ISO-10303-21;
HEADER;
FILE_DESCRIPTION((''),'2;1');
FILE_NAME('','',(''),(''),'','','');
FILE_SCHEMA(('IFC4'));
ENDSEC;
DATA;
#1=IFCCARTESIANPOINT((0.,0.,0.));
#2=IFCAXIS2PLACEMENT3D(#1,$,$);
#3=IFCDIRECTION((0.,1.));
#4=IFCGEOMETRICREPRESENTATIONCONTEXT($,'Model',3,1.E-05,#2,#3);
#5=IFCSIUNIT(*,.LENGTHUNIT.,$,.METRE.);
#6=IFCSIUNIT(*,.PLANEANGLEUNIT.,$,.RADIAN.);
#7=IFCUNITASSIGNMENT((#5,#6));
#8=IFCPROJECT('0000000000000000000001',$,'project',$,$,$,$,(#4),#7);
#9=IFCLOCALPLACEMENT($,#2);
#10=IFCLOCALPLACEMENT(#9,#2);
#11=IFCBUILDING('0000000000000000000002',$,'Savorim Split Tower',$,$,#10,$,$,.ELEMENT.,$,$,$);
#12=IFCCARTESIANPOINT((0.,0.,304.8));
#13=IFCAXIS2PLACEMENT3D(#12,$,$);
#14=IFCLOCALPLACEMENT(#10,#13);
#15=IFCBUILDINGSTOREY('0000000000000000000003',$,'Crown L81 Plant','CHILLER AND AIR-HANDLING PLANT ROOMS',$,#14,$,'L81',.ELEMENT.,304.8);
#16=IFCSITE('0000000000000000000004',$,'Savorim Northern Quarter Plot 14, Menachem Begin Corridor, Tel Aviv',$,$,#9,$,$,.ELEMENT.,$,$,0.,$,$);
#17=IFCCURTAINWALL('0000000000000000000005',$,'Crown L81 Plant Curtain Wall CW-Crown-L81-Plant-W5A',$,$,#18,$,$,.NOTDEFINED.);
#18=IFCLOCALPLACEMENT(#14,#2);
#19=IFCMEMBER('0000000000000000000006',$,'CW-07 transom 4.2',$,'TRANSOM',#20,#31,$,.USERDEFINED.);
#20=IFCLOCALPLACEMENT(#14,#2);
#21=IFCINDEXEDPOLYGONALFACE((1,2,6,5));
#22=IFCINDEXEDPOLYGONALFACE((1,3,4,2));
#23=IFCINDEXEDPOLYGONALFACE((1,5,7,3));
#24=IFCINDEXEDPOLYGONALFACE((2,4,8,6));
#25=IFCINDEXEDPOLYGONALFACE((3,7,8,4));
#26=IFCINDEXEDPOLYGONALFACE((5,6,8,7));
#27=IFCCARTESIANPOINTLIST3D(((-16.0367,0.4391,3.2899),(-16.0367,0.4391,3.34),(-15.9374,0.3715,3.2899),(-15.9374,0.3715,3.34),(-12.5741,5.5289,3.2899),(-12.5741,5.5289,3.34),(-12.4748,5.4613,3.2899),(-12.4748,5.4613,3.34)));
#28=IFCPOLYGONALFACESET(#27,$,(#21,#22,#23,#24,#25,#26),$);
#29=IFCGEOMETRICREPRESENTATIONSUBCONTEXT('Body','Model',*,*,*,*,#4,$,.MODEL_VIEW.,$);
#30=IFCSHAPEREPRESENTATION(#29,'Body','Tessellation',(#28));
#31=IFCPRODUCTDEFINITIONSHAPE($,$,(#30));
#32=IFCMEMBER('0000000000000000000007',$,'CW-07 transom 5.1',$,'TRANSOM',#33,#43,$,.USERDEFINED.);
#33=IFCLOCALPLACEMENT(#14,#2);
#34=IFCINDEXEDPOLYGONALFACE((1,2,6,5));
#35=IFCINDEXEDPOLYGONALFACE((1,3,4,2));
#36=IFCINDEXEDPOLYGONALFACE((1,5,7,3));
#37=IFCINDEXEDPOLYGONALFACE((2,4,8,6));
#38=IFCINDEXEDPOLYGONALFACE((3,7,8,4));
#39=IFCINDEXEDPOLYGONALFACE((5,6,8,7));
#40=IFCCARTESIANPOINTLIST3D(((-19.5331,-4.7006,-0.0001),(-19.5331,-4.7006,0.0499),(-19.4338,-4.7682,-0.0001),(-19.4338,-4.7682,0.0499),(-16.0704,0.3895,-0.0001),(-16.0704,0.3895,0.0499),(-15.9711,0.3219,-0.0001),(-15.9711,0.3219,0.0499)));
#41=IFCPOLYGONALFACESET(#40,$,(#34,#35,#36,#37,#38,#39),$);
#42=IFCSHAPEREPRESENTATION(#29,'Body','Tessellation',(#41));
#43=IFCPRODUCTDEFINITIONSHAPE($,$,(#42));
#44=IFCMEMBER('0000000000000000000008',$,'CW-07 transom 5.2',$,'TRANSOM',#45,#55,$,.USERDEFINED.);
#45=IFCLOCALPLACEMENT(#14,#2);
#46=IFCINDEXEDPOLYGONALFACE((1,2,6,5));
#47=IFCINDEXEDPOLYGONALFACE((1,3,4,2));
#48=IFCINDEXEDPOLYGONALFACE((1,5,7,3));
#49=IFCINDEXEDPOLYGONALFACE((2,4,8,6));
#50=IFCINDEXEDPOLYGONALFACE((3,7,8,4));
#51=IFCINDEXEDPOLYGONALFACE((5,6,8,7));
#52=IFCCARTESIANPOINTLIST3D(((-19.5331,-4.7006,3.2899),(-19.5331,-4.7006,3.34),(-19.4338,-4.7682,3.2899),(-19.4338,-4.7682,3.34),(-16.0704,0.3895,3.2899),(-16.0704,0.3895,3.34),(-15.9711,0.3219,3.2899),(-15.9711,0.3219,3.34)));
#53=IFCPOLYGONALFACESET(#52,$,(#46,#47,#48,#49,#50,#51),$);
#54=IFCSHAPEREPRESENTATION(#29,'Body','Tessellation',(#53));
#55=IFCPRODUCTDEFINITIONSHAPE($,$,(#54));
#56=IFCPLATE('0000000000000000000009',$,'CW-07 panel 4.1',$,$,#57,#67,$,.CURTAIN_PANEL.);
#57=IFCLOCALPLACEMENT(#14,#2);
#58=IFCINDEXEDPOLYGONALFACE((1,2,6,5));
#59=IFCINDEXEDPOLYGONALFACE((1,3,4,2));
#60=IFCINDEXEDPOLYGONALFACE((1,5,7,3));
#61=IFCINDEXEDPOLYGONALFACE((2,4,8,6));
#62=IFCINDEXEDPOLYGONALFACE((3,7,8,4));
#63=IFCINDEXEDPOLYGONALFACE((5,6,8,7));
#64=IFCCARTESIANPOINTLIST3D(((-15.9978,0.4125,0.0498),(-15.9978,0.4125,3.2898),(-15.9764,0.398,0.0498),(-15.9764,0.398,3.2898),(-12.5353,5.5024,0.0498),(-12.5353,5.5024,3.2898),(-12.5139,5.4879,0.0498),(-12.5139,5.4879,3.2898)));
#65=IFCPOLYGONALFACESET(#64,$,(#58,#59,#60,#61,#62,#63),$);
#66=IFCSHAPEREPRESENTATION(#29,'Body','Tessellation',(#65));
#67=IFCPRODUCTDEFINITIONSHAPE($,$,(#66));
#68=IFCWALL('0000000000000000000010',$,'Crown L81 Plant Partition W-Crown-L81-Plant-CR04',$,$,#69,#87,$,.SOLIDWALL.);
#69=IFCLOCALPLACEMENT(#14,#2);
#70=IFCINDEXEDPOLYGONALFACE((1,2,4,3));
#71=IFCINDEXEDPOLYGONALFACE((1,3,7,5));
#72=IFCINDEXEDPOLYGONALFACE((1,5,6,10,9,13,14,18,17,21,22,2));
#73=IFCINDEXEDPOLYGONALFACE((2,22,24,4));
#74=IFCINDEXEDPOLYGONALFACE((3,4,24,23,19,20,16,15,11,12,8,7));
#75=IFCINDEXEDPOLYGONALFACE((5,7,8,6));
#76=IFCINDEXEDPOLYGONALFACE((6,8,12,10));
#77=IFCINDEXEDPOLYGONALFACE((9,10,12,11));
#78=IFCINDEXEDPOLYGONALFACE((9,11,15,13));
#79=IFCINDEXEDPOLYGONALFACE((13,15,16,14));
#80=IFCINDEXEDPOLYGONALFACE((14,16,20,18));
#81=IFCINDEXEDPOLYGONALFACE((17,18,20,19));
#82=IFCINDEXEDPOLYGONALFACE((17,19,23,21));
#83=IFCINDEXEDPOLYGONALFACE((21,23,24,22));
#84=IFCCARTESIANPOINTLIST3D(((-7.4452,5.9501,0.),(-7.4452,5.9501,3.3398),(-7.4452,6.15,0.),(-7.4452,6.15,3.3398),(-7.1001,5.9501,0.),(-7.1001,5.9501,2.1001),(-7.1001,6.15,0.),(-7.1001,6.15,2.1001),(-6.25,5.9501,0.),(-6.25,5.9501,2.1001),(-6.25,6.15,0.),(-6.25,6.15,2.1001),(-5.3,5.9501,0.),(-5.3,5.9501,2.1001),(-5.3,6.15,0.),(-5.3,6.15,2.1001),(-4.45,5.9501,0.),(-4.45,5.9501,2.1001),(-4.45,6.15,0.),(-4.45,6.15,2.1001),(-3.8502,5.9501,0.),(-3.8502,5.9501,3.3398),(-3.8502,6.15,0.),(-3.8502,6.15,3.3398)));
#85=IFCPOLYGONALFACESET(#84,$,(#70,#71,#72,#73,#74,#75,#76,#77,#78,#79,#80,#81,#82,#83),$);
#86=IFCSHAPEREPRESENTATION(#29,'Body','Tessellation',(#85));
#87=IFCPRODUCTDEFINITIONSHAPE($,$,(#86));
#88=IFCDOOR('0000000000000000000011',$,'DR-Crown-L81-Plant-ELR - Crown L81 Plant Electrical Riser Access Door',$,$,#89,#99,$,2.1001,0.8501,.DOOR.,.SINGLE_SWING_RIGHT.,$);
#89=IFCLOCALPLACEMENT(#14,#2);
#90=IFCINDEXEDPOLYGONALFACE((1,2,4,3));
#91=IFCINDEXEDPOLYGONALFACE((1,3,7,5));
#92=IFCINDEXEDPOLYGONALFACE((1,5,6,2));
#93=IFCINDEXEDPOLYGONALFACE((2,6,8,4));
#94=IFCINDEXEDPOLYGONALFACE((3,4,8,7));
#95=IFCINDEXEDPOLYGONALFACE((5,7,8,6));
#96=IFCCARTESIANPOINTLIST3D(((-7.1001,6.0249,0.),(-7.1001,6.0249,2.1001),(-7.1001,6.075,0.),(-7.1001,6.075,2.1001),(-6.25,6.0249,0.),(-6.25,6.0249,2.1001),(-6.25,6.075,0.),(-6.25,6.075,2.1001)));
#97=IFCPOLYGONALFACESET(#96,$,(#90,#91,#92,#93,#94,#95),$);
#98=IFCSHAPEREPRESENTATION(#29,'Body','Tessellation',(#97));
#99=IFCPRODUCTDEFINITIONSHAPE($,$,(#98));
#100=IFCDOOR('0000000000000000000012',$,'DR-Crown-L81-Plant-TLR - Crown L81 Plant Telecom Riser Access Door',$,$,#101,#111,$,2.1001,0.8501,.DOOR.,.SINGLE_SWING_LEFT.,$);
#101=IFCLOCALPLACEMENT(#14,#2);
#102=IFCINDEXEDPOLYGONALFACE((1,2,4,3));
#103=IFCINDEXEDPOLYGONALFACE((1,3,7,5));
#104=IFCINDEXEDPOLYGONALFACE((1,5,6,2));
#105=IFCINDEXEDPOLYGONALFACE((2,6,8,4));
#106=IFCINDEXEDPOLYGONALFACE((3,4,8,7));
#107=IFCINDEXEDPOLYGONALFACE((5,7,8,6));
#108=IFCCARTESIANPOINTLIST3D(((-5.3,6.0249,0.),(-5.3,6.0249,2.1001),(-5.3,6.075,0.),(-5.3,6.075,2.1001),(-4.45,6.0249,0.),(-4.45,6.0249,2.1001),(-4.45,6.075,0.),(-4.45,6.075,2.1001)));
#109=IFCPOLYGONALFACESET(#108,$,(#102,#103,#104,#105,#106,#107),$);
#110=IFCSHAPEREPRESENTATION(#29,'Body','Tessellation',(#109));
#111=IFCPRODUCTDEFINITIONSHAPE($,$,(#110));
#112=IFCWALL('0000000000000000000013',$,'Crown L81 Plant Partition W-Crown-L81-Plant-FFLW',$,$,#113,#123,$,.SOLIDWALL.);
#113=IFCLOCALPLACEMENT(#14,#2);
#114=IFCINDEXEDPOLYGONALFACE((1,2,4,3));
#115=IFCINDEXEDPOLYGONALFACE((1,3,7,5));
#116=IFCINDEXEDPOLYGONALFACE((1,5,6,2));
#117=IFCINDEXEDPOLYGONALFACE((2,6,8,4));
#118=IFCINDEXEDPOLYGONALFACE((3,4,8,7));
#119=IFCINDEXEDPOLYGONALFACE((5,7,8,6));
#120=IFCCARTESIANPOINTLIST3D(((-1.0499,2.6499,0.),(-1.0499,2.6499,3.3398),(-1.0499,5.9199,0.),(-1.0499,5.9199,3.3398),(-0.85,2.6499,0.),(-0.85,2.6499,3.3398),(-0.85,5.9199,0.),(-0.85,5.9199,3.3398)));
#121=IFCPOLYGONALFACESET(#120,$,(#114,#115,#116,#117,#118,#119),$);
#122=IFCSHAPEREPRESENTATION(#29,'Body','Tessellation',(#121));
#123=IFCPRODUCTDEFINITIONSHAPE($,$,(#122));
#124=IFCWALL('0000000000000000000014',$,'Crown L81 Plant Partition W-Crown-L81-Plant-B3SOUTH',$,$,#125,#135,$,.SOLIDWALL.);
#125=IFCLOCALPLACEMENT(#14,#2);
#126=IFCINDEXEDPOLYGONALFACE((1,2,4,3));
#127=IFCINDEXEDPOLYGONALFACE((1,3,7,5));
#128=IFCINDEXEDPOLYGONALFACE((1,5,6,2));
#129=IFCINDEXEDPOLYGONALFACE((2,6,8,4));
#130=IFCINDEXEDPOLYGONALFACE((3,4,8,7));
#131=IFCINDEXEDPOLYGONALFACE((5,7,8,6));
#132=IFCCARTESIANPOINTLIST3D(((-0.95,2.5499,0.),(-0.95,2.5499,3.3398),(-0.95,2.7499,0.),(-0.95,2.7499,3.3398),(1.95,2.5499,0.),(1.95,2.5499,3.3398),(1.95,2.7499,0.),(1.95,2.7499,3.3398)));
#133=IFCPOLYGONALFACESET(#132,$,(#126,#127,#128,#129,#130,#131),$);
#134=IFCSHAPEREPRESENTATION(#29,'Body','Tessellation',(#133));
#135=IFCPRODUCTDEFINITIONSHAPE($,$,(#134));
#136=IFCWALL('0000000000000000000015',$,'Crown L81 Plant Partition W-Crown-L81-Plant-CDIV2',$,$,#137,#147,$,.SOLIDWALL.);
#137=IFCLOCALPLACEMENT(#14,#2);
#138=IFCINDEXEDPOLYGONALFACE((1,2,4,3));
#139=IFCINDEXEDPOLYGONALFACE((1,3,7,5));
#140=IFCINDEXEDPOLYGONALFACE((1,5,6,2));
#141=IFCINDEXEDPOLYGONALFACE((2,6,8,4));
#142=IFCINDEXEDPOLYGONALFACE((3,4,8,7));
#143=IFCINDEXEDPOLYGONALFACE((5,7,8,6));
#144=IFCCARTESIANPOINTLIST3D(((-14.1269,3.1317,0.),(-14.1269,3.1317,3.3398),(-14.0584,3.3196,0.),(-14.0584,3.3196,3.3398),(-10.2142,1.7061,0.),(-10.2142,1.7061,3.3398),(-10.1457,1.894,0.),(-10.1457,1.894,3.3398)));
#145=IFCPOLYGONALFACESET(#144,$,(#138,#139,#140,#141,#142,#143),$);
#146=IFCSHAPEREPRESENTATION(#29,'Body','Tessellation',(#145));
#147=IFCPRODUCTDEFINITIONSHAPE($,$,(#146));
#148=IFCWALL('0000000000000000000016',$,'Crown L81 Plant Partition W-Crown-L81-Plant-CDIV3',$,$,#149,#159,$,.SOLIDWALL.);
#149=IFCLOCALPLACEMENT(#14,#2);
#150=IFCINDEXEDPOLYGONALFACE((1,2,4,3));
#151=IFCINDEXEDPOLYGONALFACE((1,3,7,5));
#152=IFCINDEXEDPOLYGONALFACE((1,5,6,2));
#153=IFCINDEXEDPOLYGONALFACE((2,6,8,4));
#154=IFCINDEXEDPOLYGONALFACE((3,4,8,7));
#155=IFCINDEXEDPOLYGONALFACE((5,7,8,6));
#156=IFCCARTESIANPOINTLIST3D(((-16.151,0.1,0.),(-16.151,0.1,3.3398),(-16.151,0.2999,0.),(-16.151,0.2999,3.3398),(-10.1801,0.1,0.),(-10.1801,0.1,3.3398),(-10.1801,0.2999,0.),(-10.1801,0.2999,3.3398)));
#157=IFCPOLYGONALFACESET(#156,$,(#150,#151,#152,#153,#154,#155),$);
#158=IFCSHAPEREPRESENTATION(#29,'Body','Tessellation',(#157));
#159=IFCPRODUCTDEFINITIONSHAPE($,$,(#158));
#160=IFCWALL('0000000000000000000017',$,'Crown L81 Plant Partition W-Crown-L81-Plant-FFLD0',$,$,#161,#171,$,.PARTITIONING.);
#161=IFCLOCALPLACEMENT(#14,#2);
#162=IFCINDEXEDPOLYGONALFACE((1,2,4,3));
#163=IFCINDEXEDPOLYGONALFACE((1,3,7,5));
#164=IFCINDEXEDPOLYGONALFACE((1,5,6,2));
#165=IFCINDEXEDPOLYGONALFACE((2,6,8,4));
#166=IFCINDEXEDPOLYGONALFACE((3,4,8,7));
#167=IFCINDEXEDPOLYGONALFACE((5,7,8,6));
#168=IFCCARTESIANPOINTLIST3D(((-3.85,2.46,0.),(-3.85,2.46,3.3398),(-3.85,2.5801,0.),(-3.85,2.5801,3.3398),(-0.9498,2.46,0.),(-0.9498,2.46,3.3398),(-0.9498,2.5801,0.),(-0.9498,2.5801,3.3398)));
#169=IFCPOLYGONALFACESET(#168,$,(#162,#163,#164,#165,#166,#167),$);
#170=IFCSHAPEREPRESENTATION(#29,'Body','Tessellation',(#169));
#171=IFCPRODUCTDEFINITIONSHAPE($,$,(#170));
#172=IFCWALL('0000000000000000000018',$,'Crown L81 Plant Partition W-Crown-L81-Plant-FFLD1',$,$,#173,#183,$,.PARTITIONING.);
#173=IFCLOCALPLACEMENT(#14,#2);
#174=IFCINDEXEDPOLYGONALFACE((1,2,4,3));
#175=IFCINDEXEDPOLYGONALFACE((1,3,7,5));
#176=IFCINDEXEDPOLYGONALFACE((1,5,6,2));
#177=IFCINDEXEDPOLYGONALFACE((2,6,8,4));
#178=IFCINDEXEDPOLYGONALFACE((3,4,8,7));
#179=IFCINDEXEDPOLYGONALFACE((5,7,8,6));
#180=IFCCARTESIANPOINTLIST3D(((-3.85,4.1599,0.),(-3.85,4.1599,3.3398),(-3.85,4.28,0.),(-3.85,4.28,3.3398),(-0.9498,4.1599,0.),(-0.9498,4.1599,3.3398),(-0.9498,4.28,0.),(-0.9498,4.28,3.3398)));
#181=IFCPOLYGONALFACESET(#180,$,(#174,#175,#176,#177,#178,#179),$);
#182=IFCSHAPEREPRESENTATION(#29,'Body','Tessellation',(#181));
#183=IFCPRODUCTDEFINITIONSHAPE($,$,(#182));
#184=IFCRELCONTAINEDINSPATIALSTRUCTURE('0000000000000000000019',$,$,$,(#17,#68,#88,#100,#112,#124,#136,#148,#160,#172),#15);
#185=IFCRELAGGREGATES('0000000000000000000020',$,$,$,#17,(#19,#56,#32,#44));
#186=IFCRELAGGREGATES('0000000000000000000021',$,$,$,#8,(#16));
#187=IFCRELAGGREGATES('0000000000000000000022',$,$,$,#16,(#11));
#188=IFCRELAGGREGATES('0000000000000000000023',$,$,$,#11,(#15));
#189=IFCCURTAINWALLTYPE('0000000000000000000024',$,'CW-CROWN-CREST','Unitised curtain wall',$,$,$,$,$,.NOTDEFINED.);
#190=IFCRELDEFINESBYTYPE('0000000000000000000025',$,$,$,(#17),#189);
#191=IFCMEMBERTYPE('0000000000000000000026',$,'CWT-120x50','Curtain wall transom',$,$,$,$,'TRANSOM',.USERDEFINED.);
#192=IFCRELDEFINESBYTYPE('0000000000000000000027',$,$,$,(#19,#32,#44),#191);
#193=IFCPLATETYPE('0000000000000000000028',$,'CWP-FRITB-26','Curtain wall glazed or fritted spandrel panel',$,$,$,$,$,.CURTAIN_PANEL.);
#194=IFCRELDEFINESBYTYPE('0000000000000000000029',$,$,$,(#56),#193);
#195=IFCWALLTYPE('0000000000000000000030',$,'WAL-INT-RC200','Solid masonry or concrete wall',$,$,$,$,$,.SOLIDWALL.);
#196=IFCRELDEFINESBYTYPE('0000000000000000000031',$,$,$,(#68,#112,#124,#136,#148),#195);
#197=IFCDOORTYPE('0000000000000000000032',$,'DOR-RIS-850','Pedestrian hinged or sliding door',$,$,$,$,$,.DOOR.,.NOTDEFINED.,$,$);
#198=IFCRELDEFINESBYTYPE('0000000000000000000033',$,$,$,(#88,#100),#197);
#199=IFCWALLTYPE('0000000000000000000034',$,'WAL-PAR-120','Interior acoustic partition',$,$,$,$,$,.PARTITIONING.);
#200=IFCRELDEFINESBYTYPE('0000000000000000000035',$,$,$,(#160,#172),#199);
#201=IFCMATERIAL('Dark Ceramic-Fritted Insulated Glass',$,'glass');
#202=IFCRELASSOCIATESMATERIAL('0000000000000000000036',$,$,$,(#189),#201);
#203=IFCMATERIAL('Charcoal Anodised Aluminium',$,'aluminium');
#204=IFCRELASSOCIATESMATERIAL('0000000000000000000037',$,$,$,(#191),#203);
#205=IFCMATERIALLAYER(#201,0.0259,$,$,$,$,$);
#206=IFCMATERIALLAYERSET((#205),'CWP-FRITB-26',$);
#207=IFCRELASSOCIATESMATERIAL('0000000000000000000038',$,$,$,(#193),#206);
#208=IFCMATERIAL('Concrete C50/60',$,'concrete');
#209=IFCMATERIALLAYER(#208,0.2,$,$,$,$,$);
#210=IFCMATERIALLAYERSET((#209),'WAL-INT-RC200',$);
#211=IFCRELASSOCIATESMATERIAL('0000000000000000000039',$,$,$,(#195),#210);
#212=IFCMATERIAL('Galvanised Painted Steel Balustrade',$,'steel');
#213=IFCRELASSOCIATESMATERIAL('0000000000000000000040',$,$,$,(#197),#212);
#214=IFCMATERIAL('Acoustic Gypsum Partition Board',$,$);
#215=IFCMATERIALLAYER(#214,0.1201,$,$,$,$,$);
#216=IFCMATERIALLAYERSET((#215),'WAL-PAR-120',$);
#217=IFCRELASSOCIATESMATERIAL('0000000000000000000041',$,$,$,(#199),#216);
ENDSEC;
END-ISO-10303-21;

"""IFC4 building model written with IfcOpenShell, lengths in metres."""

from ifc_helpers import new_model, si_unit, direction, frame, frame_2d, origin, origin_2d, place, context, subcontext, project, spatial, rectangle, extrude, material, layer, layer_set, material_profile, profile_set, type_object, element, fill, aggregate, save


model = new_model("IFC4")

# Units and contexts
model_context = context("Model", 3, precision=1e-05, world=origin(), true_north=direction((0.0, 1.0)))
body_context = subcontext(model_context, "Body", "Model", "MODEL_VIEW")
ifc_project = project(units=[si_unit("LENGTHUNIT", "METRE"), si_unit("PLANEANGLEUNIT", "RADIAN")], contexts=[model_context])

# Site, building, storey
site_placement = place(None, origin())
site = spatial("IfcSite", under=ifc_project, at=site_placement, Name="Savorim Northern Quarter Plot 14, Menachem Begin Corridor, Tel Aviv", CompositionType="ELEMENT", RefElevation=0.0)
building_placement = place(site_placement, origin())
building = spatial("IfcBuilding", under=site, at=building_placement, Name="Savorim Split Tower", CompositionType="ELEMENT")
storey_placement = place(building_placement, frame((0.0, 0.0, 304.8)))
storey = spatial("IfcBuildingStorey", under=building, at=storey_placement, Name="Crown L81 Plant", Description="CHILLER AND AIR-HANDLING PLANT ROOMS", LongName="L81", CompositionType="ELEMENT", Elevation=304.8)

# Curtain wall, members, plate
ifc_material_1 = material(Name="Dark Ceramic-Fritted Insulated Glass", Category="glass")
curtain_wall_type = type_object("IfcCurtainWallType", Name="CW-CROWN-CREST", Description="Unitised curtain wall", PredefinedType="NOTDEFINED", material=ifc_material_1)
curtain_wall_placement = place(storey_placement, origin())
curtain_wall = element("IfcCurtainWall", 1, at=curtain_wall_placement, inside=storey, type_object=curtain_wall_type, Name="Crown L81 Plant Curtain Wall CW-Crown-L81-Plant-W5A", PredefinedType="NOTDEFINED")
ifc_material_2 = material(Name="Charcoal Anodised Aluminium", Category="aluminium")
ifc_material_profile_1 = material_profile(ifc_material_2, rectangle(XDim=0.1201, YDim=0.05, at=origin_2d()), Name="ALU-T 120x50")
ifc_profile_set_1 = profile_set([ifc_material_profile_1], Name="Charcoal Anodised Aluminium")
member_type_1 = type_object("IfcMemberType", Name="CWT-120x50", Description="Curtain wall transom", ElementType="TRANSOM", PredefinedType="USERDEFINED", material=ifc_profile_set_1)
member_1_placement = place(storey_placement, frame((-12.5244, 5.4951, 3.3149), z_axis=(-0.562482, -0.826809, 0.0), x_axis=(0.826809, -0.562482, 0.0)))
member_1 = element("IfcMember", 2, at=member_1_placement, type_object=member_type_1, Name="CW-07 transom 4.2", ObjectType="TRANSOM", PredefinedType="USERDEFINED", context=body_context, shape_type="SweptSolid", body=[
    extrude(rectangle(XDim=0.1201, YDim=0.05, at=origin_2d()), origin(), (0.0, 0.0, 1.0), 6.156),
])
member_2_placement = place(storey_placement, frame((-16.0208, 0.3557, 0.0249), z_axis=(-0.562464, -0.826822, 0.0), x_axis=(0.826822, -0.562464, 0.0)))
member_2 = element("IfcMember", 3, at=member_2_placement, type_object=member_type_1, Name="CW-07 transom 5.1", ObjectType="TRANSOM", PredefinedType="USERDEFINED", context=body_context, shape_type="SweptSolid", body=[
    extrude(rectangle(XDim=0.1201, YDim=0.05, at=origin_2d()), origin(), (0.0, 0.0, 1.0), 6.1562),
])
member_3_placement = place(storey_placement, frame((-16.0208, 0.3557, 3.3149), z_axis=(-0.562464, -0.826822, 0.0), x_axis=(0.826822, -0.562464, 0.0)))
member_3 = element("IfcMember", 4, at=member_3_placement, type_object=member_type_1, Name="CW-07 transom 5.2", ObjectType="TRANSOM", PredefinedType="USERDEFINED", context=body_context, shape_type="SweptSolid", body=[
    extrude(rectangle(XDim=0.1201, YDim=0.05, at=origin_2d()), origin(), (0.0, 0.0, 1.0), 6.1562),
])
ifc_layer_1 = layer(ifc_material_1, 0.0259)
ifc_layer_set_1 = layer_set([ifc_layer_1], Name="CWP-FRITB-26")
plate_type = type_object("IfcPlateType", Name="CWP-FRITB-26", Description="Curtain wall glazed or fritted spandrel panel", PredefinedType="CURTAIN_PANEL", material=ifc_layer_set_1)
plate_placement = place(storey_placement, frame((-14.2559, 2.9502, 0.0498), z_axis=(0.0, 0.0, 1.0), x_axis=(-0.562467, -0.82682, 0.0)))
plate = element("IfcPlate", 5, at=plate_placement, type_object=plate_type, Name="CW-07 panel 4.1", PredefinedType="CURTAIN_PANEL", context=body_context, shape_type="SweptSolid", body=[
    extrude(rectangle(XDim=6.156, YDim=0.0259, at=origin_2d()), origin(), (0.0, 0.0, 1.0), 3.24),
])
aggregate(curtain_wall, [member_1, plate, member_2, member_3])

# Shared definitions
ifc_material_3 = material(Name="Concrete C50/60", Category="concrete")
ifc_layer_2 = layer(ifc_material_3, 0.2)
ifc_layer_set_2 = layer_set([ifc_layer_2], Name="WAL-INT-RC200")
wall_type_1 = type_object("IfcWallType", Name="WAL-INT-RC200", Description="Solid masonry or concrete wall", PredefinedType="SOLIDWALL", material=ifc_layer_set_2)

# Wall, openings, doors
wall_1_placement = place(storey_placement, frame((-7.4451, 6.05, 0.0), z_axis=(0.0, 0.0, 1.0), x_axis=(1.0, 0.0, 0.0)))
wall_1 = element("IfcWall", 6, at=wall_1_placement, inside=storey, type_object=wall_type_1, Name="Crown L81 Plant Partition W-Crown-L81-Plant-CR04", PredefinedType="SOLIDWALL", context=body_context, shape_type="SweptSolid", body=[
    extrude(rectangle(XDim=3.595, YDim=0.2, at=frame_2d((1.7974, 0.0))), origin(), (0.0, 0.0, 1.0), 3.3398),
])
opening_1_placement = place(wall_1_placement, frame((0.345, 0.0, 0.0)))
opening_1 = element("IfcOpeningElement", 7, at=opening_1_placement, cuts=wall_1, PredefinedType="OPENING", context=body_context, shape_type="SweptSolid", body=[
    extrude(rectangle(XDim=0.8501, YDim=2.1001, at=frame_2d((0.425, 1.05))), frame((0.0, 0.1099, 0.0), z_axis=(0.0, -1.0, 0.0), x_axis=(1.0, 0.0, 0.0)), (0.0, 0.0, 1.0), 0.22),
])
opening_2_placement = place(wall_1_placement, frame((2.145, 0.0, 0.0)))
opening_2 = element("IfcOpeningElement", 8, at=opening_2_placement, cuts=wall_1, PredefinedType="OPENING", context=body_context, shape_type="SweptSolid", body=[
    extrude(rectangle(XDim=0.8501, YDim=2.1001, at=frame_2d((0.425, 1.05))), frame((0.0, 0.1099, 0.0), z_axis=(0.0, -1.0, 0.0), x_axis=(1.0, 0.0, 0.0)), (0.0, 0.0, 1.0), 0.22),
])
ifc_material_4 = material(Name="Galvanised Painted Steel Balustrade", Category="steel")
door_type_1 = type_object("IfcDoorType", Name="DOR-RIS-850", Description="Pedestrian hinged or sliding door", OperationType="NOTDEFINED", PredefinedType="DOOR", material=ifc_material_4)
door_1_placement = place(opening_1_placement, origin())
door_1 = element("IfcDoor", 9, at=door_1_placement, inside=storey, type_object=door_type_1, Name="DR-Crown-L81-Plant-ELR - Crown L81 Plant Electrical Riser Access Door", OperationType="SINGLE_SWING_RIGHT", OverallHeight=2.1001, OverallWidth=0.8501, PredefinedType="DOOR", context=body_context, shape_type="SweptSolid", body=[
    extrude(rectangle(XDim=0.8501, YDim=2.1001, at=frame_2d((0.425, 1.05))), frame((0.0, 0.0249, 0.0), z_axis=(0.0, -1.0, 0.0), x_axis=(1.0, 0.0, 0.0)), (0.0, 0.0, 1.0), 0.05),
])
fill(opening_1, door_1)
door_2_placement = place(opening_2_placement, origin())
door_2 = element("IfcDoor", 10, at=door_2_placement, inside=storey, type_object=door_type_1, Name="DR-Crown-L81-Plant-TLR - Crown L81 Plant Telecom Riser Access Door", OperationType="SINGLE_SWING_LEFT", OverallHeight=2.1001, OverallWidth=0.8501, PredefinedType="DOOR", context=body_context, shape_type="SweptSolid", body=[
    extrude(rectangle(XDim=0.8501, YDim=2.1001, at=frame_2d((0.425, 1.05))), frame((0.0, 0.0249, 0.0), z_axis=(0.0, -1.0, 0.0), x_axis=(1.0, 0.0, 0.0)), (0.0, 0.0, 1.0), 0.05),
])
fill(opening_2, door_2)

# Walls
wall_2_placement = place(storey_placement, frame((-0.95, 2.6499, 0.0), z_axis=(0.0, 0.0, 1.0), x_axis=(0.0, 1.0, 0.0)))
element("IfcWall", 11, at=wall_2_placement, inside=storey, type_object=wall_type_1, Name="Crown L81 Plant Partition W-Crown-L81-Plant-FFLW", PredefinedType="SOLIDWALL", context=body_context, shape_type="SweptSolid", body=[
    extrude(rectangle(XDim=3.27, YDim=0.2, at=frame_2d((1.635, 0.0))), origin(), (0.0, 0.0, 1.0), 3.3398),
])
wall_3_placement = place(storey_placement, frame((-0.95, 2.6499, 0.0), z_axis=(0.0, 0.0, 1.0), x_axis=(1.0, 0.0, 0.0)))
element("IfcWall", 12, at=wall_3_placement, inside=storey, type_object=wall_type_1, Name="Crown L81 Plant Partition W-Crown-L81-Plant-B3SOUTH", PredefinedType="SOLIDWALL", context=body_context, shape_type="SweptSolid", body=[
    extrude(rectangle(XDim=2.8999, YDim=0.2, at=frame_2d((1.45, 0.0))), origin(), (0.0, 0.0, 1.0), 3.3398),
])
wall_4_placement = place(storey_placement, frame((-14.0925, 3.2256, 0.0), z_axis=(0.0, 0.0, 1.0), x_axis=(0.939579, -0.342331, 0.0)))
element("IfcWall", 13, at=wall_4_placement, inside=storey, type_object=wall_type_1, Name="Crown L81 Plant Partition W-Crown-L81-Plant-CDIV2", PredefinedType="SOLIDWALL", context=body_context, shape_type="SweptSolid", body=[
    extrude(rectangle(XDim=4.1643, YDim=0.2, at=frame_2d((2.082, 0.0))), origin(), (0.0, 0.0, 1.0), 3.3398),
])
wall_5_placement = place(storey_placement, frame((-16.1509, 0.2, 0.0), z_axis=(0.0, 0.0, 1.0), x_axis=(1.0, 0.0, 0.0)))
element("IfcWall", 14, at=wall_5_placement, inside=storey, type_object=wall_type_1, Name="Crown L81 Plant Partition W-Crown-L81-Plant-CDIV3", PredefinedType="SOLIDWALL", context=body_context, shape_type="SweptSolid", body=[
    extrude(rectangle(XDim=5.9709, YDim=0.2, at=frame_2d((2.9854, 0.0))), origin(), (0.0, 0.0, 1.0), 3.3398),
])
ifc_material_5 = material(Name="Acoustic Gypsum Partition Board")
ifc_layer_3 = layer(ifc_material_5, 0.1201)
ifc_layer_set_3 = layer_set([ifc_layer_3], Name="WAL-PAR-120")
wall_type_2 = type_object("IfcWallType", Name="WAL-PAR-120", Description="Interior acoustic partition", PredefinedType="PARTITIONING", material=ifc_layer_set_3)
for number, where, z_axis, x_axis, name in (
    (15, (-3.8501, 2.52, 0.0), (0.0, 0.0, 1.0), (1.0, 0.0, 0.0), "Crown L81 Plant Partition W-Crown-L81-Plant-FFLD0"),
    (16, (-3.8501, 4.22, 0.0), (0.0, 0.0, 1.0), (1.0, 0.0, 0.0), "Crown L81 Plant Partition W-Crown-L81-Plant-FFLD1"),
):
    element("IfcWall", number, at=place(storey_placement, frame(where, z_axis=z_axis, x_axis=x_axis)), inside=storey, type_object=wall_type_2, Name=name, PredefinedType="PARTITIONING", context=body_context, shape_type="SweptSolid", body=[
        extrude(rectangle(XDim=2.9001, YDim=0.1201, at=frame_2d((1.4502, 0.0))), origin(), (0.0, 0.0, 1.0), 3.3398),
    ])

save(model, "model.ifc")
